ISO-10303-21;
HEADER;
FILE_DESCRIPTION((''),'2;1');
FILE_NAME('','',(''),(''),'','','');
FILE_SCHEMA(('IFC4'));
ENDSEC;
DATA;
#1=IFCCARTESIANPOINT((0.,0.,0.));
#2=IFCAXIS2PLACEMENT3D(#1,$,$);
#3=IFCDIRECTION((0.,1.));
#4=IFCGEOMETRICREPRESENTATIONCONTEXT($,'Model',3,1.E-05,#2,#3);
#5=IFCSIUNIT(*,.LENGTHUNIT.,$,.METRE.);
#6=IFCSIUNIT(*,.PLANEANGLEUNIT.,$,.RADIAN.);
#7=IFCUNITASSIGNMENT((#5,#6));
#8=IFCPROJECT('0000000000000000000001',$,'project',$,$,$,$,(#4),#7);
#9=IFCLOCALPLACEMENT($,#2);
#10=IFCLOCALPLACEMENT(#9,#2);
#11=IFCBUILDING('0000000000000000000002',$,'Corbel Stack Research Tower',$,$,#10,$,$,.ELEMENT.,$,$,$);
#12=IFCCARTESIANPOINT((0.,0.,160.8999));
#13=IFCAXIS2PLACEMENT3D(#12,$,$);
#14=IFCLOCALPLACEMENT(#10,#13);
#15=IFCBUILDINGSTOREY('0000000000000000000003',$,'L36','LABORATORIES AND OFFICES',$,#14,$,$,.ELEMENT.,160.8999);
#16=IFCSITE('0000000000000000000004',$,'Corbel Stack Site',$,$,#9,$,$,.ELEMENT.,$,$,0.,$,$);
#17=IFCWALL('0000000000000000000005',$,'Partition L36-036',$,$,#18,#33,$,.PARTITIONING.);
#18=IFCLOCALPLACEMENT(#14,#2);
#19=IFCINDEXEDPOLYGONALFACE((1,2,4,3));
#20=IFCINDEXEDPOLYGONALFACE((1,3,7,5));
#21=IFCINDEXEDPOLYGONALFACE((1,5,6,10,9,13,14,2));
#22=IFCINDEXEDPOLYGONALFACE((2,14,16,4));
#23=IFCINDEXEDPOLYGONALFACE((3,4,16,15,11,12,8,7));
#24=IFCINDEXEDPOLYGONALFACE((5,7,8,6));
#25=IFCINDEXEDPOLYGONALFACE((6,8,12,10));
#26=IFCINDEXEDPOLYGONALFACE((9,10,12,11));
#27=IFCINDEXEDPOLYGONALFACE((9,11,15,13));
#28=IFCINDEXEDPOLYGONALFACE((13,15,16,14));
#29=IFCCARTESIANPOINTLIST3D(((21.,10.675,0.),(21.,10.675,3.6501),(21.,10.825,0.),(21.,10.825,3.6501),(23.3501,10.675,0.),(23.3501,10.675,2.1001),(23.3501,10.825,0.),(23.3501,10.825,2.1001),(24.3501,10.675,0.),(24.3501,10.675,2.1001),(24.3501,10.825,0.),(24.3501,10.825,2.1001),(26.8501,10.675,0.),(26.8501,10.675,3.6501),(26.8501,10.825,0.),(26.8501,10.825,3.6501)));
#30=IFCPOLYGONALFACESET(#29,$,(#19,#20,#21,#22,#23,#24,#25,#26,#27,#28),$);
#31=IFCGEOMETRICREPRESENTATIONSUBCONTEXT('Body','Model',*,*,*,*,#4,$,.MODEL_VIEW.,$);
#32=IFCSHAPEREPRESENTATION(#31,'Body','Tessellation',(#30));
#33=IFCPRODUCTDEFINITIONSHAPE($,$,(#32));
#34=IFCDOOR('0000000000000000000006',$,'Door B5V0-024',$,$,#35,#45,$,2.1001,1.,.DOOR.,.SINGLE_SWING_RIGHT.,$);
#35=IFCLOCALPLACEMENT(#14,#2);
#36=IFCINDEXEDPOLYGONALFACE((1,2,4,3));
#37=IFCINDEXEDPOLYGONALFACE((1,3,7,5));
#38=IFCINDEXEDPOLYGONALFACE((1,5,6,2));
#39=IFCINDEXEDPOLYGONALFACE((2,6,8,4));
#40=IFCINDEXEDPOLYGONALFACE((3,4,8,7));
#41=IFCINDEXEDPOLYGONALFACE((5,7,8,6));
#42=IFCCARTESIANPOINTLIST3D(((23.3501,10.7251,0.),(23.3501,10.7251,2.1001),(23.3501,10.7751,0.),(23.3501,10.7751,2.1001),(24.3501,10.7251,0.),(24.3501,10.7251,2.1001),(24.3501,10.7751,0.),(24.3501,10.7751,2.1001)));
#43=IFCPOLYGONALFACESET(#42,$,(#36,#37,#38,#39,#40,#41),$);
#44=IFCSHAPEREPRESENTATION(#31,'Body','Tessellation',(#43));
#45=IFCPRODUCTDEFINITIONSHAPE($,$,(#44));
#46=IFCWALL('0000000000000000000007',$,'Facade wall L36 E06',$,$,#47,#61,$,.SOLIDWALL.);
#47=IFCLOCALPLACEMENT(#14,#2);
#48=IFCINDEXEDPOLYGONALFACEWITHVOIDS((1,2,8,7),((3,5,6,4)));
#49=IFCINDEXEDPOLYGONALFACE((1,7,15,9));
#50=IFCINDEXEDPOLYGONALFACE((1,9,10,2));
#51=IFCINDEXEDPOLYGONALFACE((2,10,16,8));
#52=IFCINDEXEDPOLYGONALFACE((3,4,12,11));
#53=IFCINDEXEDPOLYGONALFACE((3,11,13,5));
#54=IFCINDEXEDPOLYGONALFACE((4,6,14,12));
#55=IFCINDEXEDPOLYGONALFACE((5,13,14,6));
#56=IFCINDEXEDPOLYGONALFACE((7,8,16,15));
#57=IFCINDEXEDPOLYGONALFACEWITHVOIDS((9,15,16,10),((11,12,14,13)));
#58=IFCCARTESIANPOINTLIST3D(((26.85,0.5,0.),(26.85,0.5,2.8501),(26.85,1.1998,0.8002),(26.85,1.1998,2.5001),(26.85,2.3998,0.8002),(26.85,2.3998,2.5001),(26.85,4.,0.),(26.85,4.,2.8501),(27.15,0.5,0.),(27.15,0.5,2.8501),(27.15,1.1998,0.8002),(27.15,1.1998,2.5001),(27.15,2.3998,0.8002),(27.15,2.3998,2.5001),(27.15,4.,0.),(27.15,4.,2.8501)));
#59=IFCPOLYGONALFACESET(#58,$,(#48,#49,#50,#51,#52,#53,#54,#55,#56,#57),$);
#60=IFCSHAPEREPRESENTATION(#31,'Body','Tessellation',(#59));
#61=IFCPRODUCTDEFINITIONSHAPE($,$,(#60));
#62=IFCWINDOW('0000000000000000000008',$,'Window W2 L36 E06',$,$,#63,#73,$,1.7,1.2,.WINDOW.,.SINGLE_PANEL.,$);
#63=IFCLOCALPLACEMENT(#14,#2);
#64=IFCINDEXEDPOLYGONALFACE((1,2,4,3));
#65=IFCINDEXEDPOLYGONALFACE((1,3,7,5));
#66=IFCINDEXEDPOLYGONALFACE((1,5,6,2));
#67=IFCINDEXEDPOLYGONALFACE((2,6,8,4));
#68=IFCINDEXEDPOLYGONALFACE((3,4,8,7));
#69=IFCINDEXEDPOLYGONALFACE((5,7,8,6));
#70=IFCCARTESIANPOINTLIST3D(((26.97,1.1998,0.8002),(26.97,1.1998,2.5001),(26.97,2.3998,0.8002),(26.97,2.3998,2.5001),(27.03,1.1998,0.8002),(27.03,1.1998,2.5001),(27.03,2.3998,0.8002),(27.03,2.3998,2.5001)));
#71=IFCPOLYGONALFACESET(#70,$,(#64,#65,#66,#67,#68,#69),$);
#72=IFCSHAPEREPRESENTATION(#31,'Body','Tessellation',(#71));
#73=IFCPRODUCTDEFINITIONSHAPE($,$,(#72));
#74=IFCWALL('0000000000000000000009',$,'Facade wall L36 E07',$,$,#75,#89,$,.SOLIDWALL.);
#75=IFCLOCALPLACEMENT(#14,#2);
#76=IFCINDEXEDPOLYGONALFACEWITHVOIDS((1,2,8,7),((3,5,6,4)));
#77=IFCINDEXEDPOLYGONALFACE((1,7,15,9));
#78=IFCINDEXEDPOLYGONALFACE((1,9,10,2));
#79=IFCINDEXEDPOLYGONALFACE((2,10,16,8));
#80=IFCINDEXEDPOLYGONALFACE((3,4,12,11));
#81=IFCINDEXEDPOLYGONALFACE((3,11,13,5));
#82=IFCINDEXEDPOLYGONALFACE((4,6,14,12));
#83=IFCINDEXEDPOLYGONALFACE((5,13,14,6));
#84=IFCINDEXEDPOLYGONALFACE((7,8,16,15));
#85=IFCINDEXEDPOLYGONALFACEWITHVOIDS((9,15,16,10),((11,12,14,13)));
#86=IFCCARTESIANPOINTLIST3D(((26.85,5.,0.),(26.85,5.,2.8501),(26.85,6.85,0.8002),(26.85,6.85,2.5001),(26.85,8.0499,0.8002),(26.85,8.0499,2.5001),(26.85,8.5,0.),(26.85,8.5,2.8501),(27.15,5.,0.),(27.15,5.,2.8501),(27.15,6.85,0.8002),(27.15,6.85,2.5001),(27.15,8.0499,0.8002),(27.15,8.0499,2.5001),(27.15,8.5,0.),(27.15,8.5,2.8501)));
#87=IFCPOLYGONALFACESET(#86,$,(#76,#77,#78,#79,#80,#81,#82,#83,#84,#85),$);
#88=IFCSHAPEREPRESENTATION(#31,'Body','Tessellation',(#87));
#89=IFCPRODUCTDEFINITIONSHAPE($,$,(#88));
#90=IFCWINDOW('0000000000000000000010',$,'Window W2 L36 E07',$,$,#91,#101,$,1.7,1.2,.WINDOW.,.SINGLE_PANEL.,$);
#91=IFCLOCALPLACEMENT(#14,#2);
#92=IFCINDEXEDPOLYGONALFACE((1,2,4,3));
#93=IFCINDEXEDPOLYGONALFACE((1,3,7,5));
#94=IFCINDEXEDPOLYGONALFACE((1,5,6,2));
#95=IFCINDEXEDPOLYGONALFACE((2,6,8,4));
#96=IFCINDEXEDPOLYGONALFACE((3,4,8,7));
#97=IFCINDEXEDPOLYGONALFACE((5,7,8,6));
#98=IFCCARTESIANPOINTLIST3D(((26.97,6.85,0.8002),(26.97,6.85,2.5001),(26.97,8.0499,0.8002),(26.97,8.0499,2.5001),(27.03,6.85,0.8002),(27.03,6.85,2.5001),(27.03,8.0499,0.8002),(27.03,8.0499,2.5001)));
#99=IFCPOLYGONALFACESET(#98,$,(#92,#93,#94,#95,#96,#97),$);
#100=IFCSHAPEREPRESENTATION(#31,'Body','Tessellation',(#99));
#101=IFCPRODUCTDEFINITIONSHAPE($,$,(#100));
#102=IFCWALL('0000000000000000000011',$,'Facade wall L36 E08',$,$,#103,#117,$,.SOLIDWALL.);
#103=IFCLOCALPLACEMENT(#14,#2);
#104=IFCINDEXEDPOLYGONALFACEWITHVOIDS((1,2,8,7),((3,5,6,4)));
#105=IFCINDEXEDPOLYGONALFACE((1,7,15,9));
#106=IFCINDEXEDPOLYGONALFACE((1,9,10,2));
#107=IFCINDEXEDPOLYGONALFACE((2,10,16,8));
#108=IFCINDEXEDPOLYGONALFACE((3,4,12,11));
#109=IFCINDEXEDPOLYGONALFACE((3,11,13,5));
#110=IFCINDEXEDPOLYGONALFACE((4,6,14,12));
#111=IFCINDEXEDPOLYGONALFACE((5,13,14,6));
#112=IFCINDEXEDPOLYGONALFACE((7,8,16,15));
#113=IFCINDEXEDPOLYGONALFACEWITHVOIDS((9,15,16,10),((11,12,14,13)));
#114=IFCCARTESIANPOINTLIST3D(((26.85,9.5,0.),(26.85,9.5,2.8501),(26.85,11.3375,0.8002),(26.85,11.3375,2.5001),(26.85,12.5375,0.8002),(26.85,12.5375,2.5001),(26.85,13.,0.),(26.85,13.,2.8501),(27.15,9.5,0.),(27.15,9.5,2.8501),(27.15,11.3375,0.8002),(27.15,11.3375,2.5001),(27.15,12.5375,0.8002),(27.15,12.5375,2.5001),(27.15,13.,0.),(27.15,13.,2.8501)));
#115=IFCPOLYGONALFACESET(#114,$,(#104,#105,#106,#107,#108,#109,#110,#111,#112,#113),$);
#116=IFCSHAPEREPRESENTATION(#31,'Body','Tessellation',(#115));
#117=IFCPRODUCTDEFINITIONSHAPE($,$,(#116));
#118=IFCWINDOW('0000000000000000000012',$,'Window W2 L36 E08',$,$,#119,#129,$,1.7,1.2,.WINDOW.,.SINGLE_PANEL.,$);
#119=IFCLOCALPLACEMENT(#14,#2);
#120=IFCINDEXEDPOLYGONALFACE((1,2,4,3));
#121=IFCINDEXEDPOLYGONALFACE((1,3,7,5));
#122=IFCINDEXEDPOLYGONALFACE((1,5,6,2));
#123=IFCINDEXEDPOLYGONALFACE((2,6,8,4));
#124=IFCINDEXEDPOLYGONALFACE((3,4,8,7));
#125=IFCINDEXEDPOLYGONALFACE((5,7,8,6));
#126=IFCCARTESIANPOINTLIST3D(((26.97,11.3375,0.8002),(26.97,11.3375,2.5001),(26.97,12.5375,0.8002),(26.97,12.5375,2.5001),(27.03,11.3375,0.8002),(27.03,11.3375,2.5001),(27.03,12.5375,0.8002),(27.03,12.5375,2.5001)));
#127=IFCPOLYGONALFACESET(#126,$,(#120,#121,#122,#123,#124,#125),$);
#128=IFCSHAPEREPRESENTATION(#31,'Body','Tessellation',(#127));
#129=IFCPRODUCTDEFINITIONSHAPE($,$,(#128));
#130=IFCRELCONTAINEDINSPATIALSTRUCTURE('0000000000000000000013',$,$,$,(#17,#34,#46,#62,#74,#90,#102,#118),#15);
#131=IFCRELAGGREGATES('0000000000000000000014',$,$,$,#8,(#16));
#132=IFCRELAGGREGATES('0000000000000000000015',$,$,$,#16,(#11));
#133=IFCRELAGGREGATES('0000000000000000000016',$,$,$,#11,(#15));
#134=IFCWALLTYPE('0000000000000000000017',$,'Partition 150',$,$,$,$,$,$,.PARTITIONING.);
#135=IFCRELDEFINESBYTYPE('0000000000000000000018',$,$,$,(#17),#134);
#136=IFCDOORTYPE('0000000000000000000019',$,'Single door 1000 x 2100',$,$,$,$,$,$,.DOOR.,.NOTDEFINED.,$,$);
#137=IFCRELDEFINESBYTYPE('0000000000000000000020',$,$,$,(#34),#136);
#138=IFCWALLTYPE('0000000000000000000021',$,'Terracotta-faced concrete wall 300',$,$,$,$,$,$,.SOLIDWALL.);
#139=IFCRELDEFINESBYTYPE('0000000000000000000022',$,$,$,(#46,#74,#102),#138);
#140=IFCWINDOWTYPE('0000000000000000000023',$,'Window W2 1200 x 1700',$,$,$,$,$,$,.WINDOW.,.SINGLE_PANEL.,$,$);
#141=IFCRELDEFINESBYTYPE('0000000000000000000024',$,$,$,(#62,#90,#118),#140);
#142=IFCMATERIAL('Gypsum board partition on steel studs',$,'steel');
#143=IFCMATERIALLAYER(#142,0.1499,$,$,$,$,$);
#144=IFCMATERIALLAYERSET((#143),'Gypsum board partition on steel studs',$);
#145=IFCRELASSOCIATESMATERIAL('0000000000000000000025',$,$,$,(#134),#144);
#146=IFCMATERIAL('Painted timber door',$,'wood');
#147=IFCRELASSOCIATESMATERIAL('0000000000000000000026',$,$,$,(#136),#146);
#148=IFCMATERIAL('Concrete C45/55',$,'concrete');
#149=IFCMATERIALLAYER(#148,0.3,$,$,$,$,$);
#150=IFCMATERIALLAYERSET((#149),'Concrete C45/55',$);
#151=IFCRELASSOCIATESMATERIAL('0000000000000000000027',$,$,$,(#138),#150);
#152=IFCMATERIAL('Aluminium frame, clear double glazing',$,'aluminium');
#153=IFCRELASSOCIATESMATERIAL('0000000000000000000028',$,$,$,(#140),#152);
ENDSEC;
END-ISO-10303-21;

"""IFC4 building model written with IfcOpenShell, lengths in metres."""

from ifc_helpers import new_model, si_unit, direction, frame, frame_2d, origin, place, context, subcontext, project, spatial, rectangle, extrude, material, layer, layer_set, type_object, element, fill, save


model = new_model("IFC4")

# Units and contexts
model_context = context("Model", 3, precision=1e-05, world=origin(), true_north=direction((0.0, 1.0)))
body_context = subcontext(model_context, "Body", "Model", "MODEL_VIEW")
ifc_project = project(units=[si_unit("LENGTHUNIT", "METRE"), si_unit("PLANEANGLEUNIT", "RADIAN")], contexts=[model_context])

# Site, building, storey
site_placement = place(None, origin())
site = spatial("IfcSite", under=ifc_project, at=site_placement, Name="Corbel Stack Site", CompositionType="ELEMENT", RefElevation=0.0)
building_placement = place(site_placement, origin())
building = spatial("IfcBuilding", under=site, at=building_placement, Name="Corbel Stack Research Tower", CompositionType="ELEMENT")
storey_placement = place(building_placement, frame((0.0, 0.0, 160.8999)))
storey = spatial("IfcBuildingStorey", under=building, at=storey_placement, Name="L36", Description="LABORATORIES AND OFFICES", CompositionType="ELEMENT", Elevation=160.8999)

# Wall, opening, door
ifc_material_1 = material(Name="Gypsum board partition on steel studs", Category="steel")
ifc_layer_1 = layer(ifc_material_1, 0.1499)
ifc_layer_set_1 = layer_set([ifc_layer_1], Name="Gypsum board partition on steel studs")
wall_type_1 = type_object("IfcWallType", Name="Partition 150", PredefinedType="PARTITIONING", material=ifc_layer_set_1)
wall_1_placement = place(storey_placement, frame((26.8501, 10.75, 0.0), z_axis=(0.0, 0.0, 1.0), x_axis=(-1.0, 0.0, 0.0)))
wall_1 = element("IfcWall", 1, at=wall_1_placement, inside=storey, type_object=wall_type_1, Name="Partition L36-036", PredefinedType="PARTITIONING", context=body_context, shape_type="SweptSolid", body=[
    extrude(rectangle(XDim=5.8501, YDim=0.1499, at=frame_2d((2.925, 0.0))), origin(), (0.0, 0.0, 1.0), 3.6501),
])
opening_1_placement = place(wall_1_placement, frame((2.5, 0.0, 0.0)))
opening_1 = element("IfcOpeningElement", 2, at=opening_1_placement, cuts=wall_1, PredefinedType="OPENING", context=body_context, shape_type="SweptSolid", body=[
    extrude(rectangle(XDim=1.0, YDim=2.1001, at=frame_2d((0.5, 1.05))), frame((0.0, 0.085, 0.0), z_axis=(0.0, -1.0, 0.0), x_axis=(1.0, 0.0, 0.0)), (0.0, 0.0, 1.0), 0.1699),
])
ifc_material_2 = material(Name="Painted timber door", Category="wood")
door_type_1 = type_object("IfcDoorType", Name="Single door 1000 x 2100", OperationType="NOTDEFINED", PredefinedType="DOOR", material=ifc_material_2)
door_1_placement = place(opening_1_placement, origin())
door_1 = element("IfcDoor", 3, at=door_1_placement, inside=storey, type_object=door_type_1, Name="Door B5V0-024", OperationType="SINGLE_SWING_RIGHT", OverallHeight=2.1001, OverallWidth=1.0, PredefinedType="DOOR", context=body_context, shape_type="SweptSolid", body=[
    extrude(rectangle(XDim=1.0, YDim=2.1001, at=frame_2d((0.5, 1.05))), frame((0.0, 0.0249, 0.0), z_axis=(0.0, -1.0, 0.0), x_axis=(1.0, 0.0, 0.0)), (0.0, 0.0, 1.0), 0.05),
])
fill(opening_1, door_1)

# Walls, openings, windows
ifc_material_3 = material(Name="Concrete C45/55", Category="concrete")
ifc_layer_2 = layer(ifc_material_3, 0.3)
ifc_layer_set_2 = layer_set([ifc_layer_2], Name="Concrete C45/55")
wall_type_2 = type_object("IfcWallType", Name="Terracotta-faced concrete wall 300", PredefinedType="SOLIDWALL", material=ifc_layer_set_2)
wall_2_placement = place(storey_placement, frame((27.0, 4.0, 0.0), z_axis=(0.0, 0.0, 1.0), x_axis=(0.0, -1.0, 0.0)))
wall_2 = element("IfcWall", 4, at=wall_2_placement, inside=storey, type_object=wall_type_2, Name="Facade wall L36 E06", PredefinedType="SOLIDWALL", context=body_context, shape_type="SweptSolid", body=[
    extrude(rectangle(XDim=3.5, YDim=0.3, at=frame_2d((1.75, 0.0))), origin(), (0.0, 0.0, 1.0), 2.8501),
])
opening_2_placement = place(wall_2_placement, frame((1.6001, 0.0, 0.8)))
opening_2 = element("IfcOpeningElement", 5, at=opening_2_placement, cuts=wall_2, PredefinedType="OPENING", context=body_context, shape_type="SweptSolid", body=[
    extrude(rectangle(XDim=1.2, YDim=1.7, at=frame_2d((0.6001, 0.8501))), frame((0.0, 0.1599, 0.0), z_axis=(0.0, -1.0, 0.0), x_axis=(1.0, 0.0, 0.0)), (0.0, 0.0, 1.0), 0.3201),
])
ifc_material_4 = material(Name="Aluminium frame, clear double glazing", Category="aluminium")
window_type = type_object("IfcWindowType", Name="Window W2 1200 x 1700", PartitioningType="SINGLE_PANEL", PredefinedType="WINDOW", material=ifc_material_4)
window_1_placement = place(opening_2_placement, origin())
window_1 = element("IfcWindow", 6, at=window_1_placement, inside=storey, type_object=window_type, Name="Window W2 L36 E06", OverallHeight=1.7, OverallWidth=1.2, PartitioningType="SINGLE_PANEL", PredefinedType="WINDOW", context=body_context, shape_type="SweptSolid", body=[
    extrude(rectangle(XDim=1.2, YDim=1.7, at=frame_2d((0.6001, 0.8501))), frame((0.0, 0.03, 0.0), z_axis=(0.0, -1.0, 0.0), x_axis=(1.0, 0.0, 0.0)), (0.0, 0.0, 1.0), 0.0601),
])
fill(opening_2, window_1)
wall_3_placement = place(storey_placement, frame((27.0, 8.5, 0.0), z_axis=(0.0, 0.0, 1.0), x_axis=(0.0, -1.0, 0.0)))
wall_3 = element("IfcWall", 7, at=wall_3_placement, inside=storey, type_object=wall_type_2, Name="Facade wall L36 E07", PredefinedType="SOLIDWALL", context=body_context, shape_type="SweptSolid", body=[
    extrude(rectangle(XDim=3.5, YDim=0.3, at=frame_2d((1.75, 0.0))), origin(), (0.0, 0.0, 1.0), 2.8501),
])
opening_3_placement = place(wall_3_placement, frame((0.45, 0.0, 0.8)))
opening_3 = element("IfcOpeningElement", 8, at=opening_3_placement, cuts=wall_3, PredefinedType="OPENING", context=body_context, shape_type="SweptSolid", body=[
    extrude(rectangle(XDim=1.2, YDim=1.7, at=frame_2d((0.6001, 0.8501))), frame((0.0, 0.1599, 0.0), z_axis=(0.0, -1.0, 0.0), x_axis=(1.0, 0.0, 0.0)), (0.0, 0.0, 1.0), 0.3201),
])
window_2_placement = place(opening_3_placement, origin())
window_2 = element("IfcWindow", 9, at=window_2_placement, inside=storey, type_object=window_type, Name="Window W2 L36 E07", OverallHeight=1.7, OverallWidth=1.2, PartitioningType="SINGLE_PANEL", PredefinedType="WINDOW", context=body_context, shape_type="SweptSolid", body=[
    extrude(rectangle(XDim=1.2, YDim=1.7, at=frame_2d((0.6001, 0.8501))), frame((0.0, 0.03, 0.0), z_axis=(0.0, -1.0, 0.0), x_axis=(1.0, 0.0, 0.0)), (0.0, 0.0, 1.0), 0.0601),
])
fill(opening_3, window_2)
wall_4_placement = place(storey_placement, frame((27.0, 13.0, 0.0), z_axis=(0.0, 0.0, 1.0), x_axis=(0.0, -1.0, 0.0)))
wall_4 = element("IfcWall", 10, at=wall_4_placement, inside=storey, type_object=wall_type_2, Name="Facade wall L36 E08", PredefinedType="SOLIDWALL", context=body_context, shape_type="SweptSolid", body=[
    extrude(rectangle(XDim=3.5, YDim=0.3, at=frame_2d((1.75, 0.0))), origin(), (0.0, 0.0, 1.0), 2.8501),
])
opening_4_placement = place(wall_4_placement, frame((0.4624, 0.0, 0.8)))
opening_4 = element("IfcOpeningElement", 11, at=opening_4_placement, cuts=wall_4, PredefinedType="OPENING", context=body_context, shape_type="SweptSolid", body=[
    extrude(rectangle(XDim=1.2, YDim=1.7, at=frame_2d((0.6001, 0.8501))), frame((0.0, 0.1599, 0.0), z_axis=(0.0, -1.0, 0.0), x_axis=(1.0, 0.0, 0.0)), (0.0, 0.0, 1.0), 0.3201),
])
window_3_placement = place(opening_4_placement, origin())
window_3 = element("IfcWindow", 12, at=window_3_placement, inside=storey, type_object=window_type, Name="Window W2 L36 E08", OverallHeight=1.7, OverallWidth=1.2, PartitioningType="SINGLE_PANEL", PredefinedType="WINDOW", context=body_context, shape_type="SweptSolid", body=[
    extrude(rectangle(XDim=1.2, YDim=1.7, at=frame_2d((0.6001, 0.8501))), frame((0.0, 0.03, 0.0), z_axis=(0.0, -1.0, 0.0), x_axis=(1.0, 0.0, 0.0)), (0.0, 0.0, 1.0), 0.0601),
])
fill(opening_4, window_3)

save(model, "model.ifc")
